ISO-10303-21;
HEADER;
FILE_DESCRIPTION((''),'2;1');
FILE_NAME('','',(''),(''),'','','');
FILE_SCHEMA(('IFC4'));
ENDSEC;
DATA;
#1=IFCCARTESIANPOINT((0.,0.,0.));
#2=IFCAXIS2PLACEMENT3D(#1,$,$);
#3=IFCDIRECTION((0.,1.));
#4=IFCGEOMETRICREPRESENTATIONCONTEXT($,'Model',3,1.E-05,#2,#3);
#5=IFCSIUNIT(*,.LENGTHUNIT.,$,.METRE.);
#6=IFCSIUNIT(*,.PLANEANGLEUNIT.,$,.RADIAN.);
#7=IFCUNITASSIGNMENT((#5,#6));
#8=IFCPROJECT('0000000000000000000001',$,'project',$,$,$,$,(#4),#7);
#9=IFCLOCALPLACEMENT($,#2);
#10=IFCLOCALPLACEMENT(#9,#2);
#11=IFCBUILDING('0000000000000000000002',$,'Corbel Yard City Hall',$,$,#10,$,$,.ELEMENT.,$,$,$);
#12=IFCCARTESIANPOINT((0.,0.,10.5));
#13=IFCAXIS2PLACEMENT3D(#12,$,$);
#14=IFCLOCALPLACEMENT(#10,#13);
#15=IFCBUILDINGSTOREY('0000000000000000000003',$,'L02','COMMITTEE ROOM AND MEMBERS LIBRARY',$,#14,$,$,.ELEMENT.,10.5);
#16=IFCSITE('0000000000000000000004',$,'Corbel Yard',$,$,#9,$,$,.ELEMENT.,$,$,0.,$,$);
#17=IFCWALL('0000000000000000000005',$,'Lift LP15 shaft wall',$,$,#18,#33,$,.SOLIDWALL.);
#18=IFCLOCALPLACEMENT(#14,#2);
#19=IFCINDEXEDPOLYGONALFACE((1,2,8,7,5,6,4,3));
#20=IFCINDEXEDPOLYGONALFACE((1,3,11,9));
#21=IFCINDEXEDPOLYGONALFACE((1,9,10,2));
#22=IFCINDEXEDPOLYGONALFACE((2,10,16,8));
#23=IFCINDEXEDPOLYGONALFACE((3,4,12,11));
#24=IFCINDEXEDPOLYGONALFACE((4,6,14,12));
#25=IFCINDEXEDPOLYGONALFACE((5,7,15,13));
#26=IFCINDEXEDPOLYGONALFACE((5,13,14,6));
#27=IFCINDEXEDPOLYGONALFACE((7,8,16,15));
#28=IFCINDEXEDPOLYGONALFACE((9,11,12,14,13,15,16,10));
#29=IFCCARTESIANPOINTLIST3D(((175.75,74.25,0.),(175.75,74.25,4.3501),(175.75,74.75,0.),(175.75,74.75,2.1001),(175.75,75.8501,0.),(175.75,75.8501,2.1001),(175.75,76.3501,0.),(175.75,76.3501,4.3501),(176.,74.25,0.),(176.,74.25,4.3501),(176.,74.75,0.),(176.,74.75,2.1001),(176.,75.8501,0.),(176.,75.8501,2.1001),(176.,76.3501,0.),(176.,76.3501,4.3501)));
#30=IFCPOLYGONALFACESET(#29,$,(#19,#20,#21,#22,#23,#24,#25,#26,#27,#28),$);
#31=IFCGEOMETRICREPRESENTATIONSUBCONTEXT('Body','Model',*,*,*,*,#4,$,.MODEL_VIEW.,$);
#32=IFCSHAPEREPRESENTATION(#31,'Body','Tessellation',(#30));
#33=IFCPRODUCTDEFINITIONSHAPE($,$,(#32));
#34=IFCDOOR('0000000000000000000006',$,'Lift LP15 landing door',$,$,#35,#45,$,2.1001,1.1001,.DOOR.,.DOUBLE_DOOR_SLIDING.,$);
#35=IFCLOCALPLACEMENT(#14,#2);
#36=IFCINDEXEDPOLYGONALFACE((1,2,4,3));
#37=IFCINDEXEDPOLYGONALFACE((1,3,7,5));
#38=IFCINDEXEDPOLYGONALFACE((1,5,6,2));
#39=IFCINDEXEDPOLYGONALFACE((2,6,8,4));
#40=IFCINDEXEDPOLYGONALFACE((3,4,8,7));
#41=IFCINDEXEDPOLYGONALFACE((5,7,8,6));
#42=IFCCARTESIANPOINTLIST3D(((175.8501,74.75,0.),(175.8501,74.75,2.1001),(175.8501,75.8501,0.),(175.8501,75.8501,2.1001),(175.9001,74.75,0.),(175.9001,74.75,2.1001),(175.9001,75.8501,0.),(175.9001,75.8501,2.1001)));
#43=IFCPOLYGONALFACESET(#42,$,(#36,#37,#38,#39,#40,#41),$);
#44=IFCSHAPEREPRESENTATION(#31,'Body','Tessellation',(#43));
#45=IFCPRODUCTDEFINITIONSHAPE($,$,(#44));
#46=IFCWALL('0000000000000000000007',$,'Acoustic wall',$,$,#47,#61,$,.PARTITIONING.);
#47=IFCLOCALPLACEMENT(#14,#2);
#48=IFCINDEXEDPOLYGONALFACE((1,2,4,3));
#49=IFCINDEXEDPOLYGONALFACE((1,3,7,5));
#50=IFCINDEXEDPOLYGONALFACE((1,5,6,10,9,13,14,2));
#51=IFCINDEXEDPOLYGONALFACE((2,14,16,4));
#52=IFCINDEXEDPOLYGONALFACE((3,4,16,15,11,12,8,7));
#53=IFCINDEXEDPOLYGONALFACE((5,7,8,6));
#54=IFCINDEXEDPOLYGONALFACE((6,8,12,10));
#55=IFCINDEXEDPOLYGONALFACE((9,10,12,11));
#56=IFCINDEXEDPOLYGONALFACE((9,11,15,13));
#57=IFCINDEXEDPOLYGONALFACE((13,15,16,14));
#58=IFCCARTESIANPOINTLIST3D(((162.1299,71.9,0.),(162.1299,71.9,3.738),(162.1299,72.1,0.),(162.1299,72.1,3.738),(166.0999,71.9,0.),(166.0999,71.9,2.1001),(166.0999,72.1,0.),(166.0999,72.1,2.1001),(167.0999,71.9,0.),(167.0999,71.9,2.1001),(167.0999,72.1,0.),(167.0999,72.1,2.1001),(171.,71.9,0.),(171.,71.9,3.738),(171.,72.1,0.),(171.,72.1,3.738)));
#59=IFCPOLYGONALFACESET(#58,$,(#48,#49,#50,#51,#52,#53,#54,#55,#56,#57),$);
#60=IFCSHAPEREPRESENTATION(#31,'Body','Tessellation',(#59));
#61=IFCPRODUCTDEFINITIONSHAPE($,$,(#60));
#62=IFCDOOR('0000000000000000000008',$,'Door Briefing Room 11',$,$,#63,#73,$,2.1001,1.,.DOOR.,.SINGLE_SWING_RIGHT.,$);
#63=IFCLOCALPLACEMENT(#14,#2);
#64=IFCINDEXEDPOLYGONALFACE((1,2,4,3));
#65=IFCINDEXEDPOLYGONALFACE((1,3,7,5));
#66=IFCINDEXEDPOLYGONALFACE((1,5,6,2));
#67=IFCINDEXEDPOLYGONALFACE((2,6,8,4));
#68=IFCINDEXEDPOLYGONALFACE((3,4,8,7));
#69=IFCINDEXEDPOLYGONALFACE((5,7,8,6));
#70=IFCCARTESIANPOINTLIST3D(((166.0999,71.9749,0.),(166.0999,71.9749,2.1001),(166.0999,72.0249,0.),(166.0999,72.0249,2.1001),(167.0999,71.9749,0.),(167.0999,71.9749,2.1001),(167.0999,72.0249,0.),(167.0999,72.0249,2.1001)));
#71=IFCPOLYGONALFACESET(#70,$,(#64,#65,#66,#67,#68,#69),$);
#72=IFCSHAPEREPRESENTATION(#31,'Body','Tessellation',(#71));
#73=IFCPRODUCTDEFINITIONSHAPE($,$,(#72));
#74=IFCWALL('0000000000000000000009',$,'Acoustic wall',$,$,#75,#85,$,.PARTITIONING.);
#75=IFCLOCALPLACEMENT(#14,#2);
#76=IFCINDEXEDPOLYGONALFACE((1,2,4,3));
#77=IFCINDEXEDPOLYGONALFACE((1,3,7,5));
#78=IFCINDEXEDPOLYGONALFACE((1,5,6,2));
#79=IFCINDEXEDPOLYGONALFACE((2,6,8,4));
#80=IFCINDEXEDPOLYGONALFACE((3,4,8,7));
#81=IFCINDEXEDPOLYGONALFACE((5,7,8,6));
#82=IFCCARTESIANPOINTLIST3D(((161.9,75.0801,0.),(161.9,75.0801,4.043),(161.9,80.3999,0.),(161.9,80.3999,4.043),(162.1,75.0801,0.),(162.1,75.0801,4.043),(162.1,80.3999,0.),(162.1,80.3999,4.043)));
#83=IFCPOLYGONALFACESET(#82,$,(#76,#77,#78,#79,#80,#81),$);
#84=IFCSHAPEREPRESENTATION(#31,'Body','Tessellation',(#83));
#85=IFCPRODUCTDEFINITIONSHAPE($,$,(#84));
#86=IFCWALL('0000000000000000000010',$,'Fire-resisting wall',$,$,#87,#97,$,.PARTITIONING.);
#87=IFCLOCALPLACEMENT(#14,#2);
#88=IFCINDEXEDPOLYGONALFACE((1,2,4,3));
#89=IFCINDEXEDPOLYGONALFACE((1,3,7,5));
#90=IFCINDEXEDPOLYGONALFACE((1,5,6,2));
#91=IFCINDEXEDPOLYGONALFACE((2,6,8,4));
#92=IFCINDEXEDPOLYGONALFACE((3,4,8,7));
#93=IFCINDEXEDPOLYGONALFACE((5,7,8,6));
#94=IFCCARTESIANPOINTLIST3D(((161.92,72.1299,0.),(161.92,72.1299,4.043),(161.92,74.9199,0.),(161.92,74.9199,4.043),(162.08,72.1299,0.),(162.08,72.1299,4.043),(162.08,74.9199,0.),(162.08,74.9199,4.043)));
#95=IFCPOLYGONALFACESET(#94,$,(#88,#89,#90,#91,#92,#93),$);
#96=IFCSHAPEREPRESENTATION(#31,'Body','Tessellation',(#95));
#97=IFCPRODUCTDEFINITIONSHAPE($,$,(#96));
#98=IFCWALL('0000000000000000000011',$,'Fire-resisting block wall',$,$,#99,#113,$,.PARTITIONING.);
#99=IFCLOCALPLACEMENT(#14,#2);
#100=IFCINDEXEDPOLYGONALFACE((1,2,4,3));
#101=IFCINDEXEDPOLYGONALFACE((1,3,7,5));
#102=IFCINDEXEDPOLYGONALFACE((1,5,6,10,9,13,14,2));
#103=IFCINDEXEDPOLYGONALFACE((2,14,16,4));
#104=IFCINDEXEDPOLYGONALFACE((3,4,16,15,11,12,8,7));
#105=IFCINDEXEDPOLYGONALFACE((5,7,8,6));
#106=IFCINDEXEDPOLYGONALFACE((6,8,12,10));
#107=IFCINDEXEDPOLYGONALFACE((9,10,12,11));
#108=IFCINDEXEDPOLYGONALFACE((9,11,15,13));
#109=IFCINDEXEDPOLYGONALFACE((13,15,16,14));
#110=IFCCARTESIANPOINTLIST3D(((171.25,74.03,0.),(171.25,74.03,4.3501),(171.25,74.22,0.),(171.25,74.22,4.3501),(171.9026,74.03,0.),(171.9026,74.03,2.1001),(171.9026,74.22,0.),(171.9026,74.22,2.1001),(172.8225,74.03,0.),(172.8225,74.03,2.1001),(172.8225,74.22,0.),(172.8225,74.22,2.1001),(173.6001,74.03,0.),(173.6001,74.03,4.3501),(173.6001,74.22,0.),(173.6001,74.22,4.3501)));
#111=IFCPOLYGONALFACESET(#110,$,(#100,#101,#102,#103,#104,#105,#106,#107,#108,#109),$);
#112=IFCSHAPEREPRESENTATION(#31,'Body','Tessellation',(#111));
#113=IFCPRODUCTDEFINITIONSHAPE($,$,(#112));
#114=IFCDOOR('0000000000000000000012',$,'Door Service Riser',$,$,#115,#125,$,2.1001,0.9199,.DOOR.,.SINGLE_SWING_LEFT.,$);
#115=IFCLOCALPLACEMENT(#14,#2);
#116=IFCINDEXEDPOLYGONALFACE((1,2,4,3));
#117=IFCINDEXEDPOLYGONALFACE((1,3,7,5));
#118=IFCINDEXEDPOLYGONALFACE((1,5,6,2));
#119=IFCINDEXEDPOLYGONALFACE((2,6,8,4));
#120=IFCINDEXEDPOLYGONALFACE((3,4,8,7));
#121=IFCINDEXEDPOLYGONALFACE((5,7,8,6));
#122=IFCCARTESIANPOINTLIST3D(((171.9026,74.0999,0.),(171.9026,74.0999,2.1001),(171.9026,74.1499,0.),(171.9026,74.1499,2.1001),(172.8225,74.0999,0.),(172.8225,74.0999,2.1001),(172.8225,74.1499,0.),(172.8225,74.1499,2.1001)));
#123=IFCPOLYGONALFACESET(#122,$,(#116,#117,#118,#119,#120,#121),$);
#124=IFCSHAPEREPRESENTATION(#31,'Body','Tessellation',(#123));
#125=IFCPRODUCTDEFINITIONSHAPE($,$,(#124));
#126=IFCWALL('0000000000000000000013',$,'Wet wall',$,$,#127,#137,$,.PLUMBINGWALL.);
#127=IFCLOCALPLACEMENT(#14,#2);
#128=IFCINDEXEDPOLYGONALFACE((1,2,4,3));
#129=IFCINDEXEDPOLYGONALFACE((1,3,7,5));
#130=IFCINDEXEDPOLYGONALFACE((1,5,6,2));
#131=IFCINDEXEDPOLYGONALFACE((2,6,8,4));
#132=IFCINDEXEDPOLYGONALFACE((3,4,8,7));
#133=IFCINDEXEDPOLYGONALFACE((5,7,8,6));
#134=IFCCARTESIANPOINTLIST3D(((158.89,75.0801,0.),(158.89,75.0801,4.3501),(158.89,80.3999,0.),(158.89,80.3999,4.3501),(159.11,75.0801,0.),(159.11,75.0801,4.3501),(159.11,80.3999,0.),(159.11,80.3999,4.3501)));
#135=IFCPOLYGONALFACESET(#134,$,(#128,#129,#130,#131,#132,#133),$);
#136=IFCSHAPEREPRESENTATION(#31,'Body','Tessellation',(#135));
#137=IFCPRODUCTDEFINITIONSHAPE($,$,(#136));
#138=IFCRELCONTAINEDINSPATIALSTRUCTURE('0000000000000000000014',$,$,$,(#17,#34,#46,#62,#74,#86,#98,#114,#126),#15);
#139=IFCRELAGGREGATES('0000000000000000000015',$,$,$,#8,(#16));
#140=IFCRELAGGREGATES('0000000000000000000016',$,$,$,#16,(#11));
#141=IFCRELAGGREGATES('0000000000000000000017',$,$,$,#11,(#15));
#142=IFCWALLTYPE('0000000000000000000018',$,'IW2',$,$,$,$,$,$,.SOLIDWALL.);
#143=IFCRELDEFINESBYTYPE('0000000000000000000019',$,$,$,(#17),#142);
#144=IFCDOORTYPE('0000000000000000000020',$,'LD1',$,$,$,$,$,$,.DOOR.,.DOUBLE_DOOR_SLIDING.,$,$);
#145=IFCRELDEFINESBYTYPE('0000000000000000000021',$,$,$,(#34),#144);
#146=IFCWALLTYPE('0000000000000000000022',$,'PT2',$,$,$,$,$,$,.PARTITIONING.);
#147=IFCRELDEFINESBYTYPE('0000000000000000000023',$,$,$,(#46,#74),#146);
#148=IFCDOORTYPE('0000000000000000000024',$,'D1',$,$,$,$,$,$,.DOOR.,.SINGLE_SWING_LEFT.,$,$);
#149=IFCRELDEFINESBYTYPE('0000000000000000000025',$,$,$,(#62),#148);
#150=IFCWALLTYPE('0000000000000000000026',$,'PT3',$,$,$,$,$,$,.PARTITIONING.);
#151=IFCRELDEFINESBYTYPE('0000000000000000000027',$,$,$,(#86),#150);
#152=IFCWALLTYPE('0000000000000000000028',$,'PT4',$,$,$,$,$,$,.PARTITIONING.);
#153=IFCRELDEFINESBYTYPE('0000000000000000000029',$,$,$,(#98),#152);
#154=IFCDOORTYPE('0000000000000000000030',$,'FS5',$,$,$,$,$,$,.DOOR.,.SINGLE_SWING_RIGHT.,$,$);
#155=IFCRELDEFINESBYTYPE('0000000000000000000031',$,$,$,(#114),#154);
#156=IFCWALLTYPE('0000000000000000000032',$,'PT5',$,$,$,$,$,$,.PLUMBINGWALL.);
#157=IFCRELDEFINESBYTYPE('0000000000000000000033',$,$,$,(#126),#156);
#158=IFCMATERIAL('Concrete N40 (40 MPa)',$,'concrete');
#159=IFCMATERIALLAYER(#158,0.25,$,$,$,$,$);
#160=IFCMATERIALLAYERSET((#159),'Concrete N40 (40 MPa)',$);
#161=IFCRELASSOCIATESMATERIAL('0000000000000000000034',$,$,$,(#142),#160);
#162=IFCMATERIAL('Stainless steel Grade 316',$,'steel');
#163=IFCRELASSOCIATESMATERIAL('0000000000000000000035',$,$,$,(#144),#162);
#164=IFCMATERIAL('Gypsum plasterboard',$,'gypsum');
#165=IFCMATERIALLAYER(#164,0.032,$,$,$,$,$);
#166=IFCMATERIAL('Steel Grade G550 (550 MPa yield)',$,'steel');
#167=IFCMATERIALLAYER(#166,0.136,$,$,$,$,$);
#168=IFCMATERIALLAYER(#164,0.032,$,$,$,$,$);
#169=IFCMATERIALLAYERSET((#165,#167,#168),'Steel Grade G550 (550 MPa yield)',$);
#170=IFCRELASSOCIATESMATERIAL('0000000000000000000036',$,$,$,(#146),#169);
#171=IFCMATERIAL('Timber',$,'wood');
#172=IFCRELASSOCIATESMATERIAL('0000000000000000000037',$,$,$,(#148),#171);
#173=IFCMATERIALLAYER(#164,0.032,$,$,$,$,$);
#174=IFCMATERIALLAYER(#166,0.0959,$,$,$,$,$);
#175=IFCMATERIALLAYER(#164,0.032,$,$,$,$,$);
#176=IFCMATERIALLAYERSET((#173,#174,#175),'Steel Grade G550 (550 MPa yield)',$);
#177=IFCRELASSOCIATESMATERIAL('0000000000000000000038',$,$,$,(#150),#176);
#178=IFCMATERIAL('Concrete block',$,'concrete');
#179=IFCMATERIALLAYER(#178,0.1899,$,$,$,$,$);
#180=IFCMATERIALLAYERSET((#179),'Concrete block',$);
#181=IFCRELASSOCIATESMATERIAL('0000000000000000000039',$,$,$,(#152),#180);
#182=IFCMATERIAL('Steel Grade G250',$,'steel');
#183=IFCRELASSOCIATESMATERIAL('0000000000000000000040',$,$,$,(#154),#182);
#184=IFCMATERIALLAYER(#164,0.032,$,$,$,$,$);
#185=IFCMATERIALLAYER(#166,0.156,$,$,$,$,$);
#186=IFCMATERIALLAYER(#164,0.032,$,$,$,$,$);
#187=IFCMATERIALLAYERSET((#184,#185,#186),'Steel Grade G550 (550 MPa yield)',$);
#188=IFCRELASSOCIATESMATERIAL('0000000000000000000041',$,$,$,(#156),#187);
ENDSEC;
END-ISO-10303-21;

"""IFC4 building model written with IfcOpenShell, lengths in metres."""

from ifc_helpers import new_model, si_unit, direction, frame, frame_2d, origin, place, context, subcontext, project, spatial, rectangle, extrude, material, layer, layer_set, type_object, element, fill, save


model = new_model("IFC4")

# Units and contexts
model_context = context("Model", 3, precision=1e-05, world=origin(), true_north=direction((0.0, 1.0)))
body_context = subcontext(model_context, "Body", "Model", "MODEL_VIEW")
ifc_project = project(units=[si_unit("LENGTHUNIT", "METRE"), si_unit("PLANEANGLEUNIT", "RADIAN")], contexts=[model_context])

# Site, building, storey
site_placement = place(None, origin())
site = spatial("IfcSite", under=ifc_project, at=site_placement, Name="Corbel Yard", CompositionType="ELEMENT", RefElevation=0.0)
building_placement = place(site_placement, origin())
building = spatial("IfcBuilding", under=site, at=building_placement, Name="Corbel Yard City Hall", CompositionType="ELEMENT")
storey_placement = place(building_placement, frame((0.0, 0.0, 10.5)))
storey = spatial("IfcBuildingStorey", under=building, at=storey_placement, Name="L02", Description="COMMITTEE ROOM AND MEMBERS LIBRARY", CompositionType="ELEMENT", Elevation=10.5)

# Shared definitions
ifc_material_1 = material(Name="Steel Grade G250", Category="steel")

# Shared definitions
ifc_material_2 = material(Name="Gypsum plasterboard", Category="gypsum")

# Shared definitions
ifc_material_3 = material(Name="Concrete N40 (40 MPa)", Category="concrete")
ifc_layer_1 = layer(ifc_material_3, 0.25)
ifc_layer_set_1 = layer_set([ifc_layer_1], Name="Concrete N40 (40 MPa)")
wall_type_1 = type_object("IfcWallType", Name="IW2", PredefinedType="SOLIDWALL", material=ifc_layer_set_1)

# Walls, openings, doors
wall_1_placement = place(storey_placement, frame((175.875, 74.25, 0.0), z_axis=(0.0, 0.0, 1.0), x_axis=(0.0, 1.0, 0.0)))
wall_1 = element("IfcWall", 1, at=wall_1_placement, inside=storey, type_object=wall_type_1, Name="Lift LP15 shaft wall", PredefinedType="SOLIDWALL", context=body_context, shape_type="SweptSolid", body=[
    extrude(rectangle(XDim=2.1001, YDim=0.25, at=frame_2d((1.05, 0.0))), origin(), (0.0, 0.0, 1.0), 4.3501),
])
opening_1_placement = place(wall_1_placement, frame((0.5, 0.0, 0.0)))
opening_1 = element("IfcOpeningElement", 2, at=opening_1_placement, cuts=wall_1, PredefinedType="OPENING", context=body_context, shape_type="SweptSolid", body=[
    extrude(rectangle(XDim=1.1001, YDim=2.1001, at=frame_2d((0.55, 1.05))), frame((0.0, 0.135, 0.0), z_axis=(0.0, -1.0, 0.0), x_axis=(1.0, 0.0, 0.0)), (0.0, 0.0, 1.0), 0.27),
])
ifc_material_4 = material(Name="Stainless steel Grade 316", Category="steel")
door_type_1 = type_object("IfcDoorType", Name="LD1", OperationType="DOUBLE_DOOR_SLIDING", PredefinedType="DOOR", material=ifc_material_4)
door_1_placement = place(opening_1_placement, origin())
door_1 = element("IfcDoor", 3, at=door_1_placement, inside=storey, type_object=door_type_1, Name="Lift LP15 landing door", OperationType="DOUBLE_DOOR_SLIDING", OverallHeight=2.1001, OverallWidth=1.1001, PredefinedType="DOOR", context=body_context, shape_type="SweptSolid", body=[
    extrude(rectangle(XDim=1.1001, YDim=2.1001, at=frame_2d((0.55, 1.05))), frame((0.0, 0.0249, 0.0), z_axis=(0.0, -1.0, 0.0), x_axis=(1.0, 0.0, 0.0)), (0.0, 0.0, 1.0), 0.05),
])
fill(opening_1, door_1)
ifc_layer_2 = layer(ifc_material_2, 0.032)
ifc_material_5 = material(Name="Steel Grade G550 (550 MPa yield)", Category="steel")
ifc_layer_3 = layer(ifc_material_5, 0.136)
ifc_layer_4 = layer(ifc_material_2, 0.032)
ifc_layer_set_2 = layer_set([ifc_layer_2, ifc_layer_3, ifc_layer_4], Name="Steel Grade G550 (550 MPa yield)")
wall_type_2 = type_object("IfcWallType", Name="PT2", PredefinedType="PARTITIONING", material=ifc_layer_set_2)
wall_2_placement = place(storey_placement, frame((162.1299, 72.0, 0.0), z_axis=(0.0, 0.0, 1.0), x_axis=(1.0, 0.0, 0.0)))
wall_2 = element("IfcWall", 4, at=wall_2_placement, inside=storey, type_object=wall_type_2, Name="Acoustic wall", PredefinedType="PARTITIONING", context=body_context, shape_type="SweptSolid", body=[
    extrude(rectangle(XDim=8.8701, YDim=0.2, at=frame_2d((4.4351, 0.0))), origin(), (0.0, 0.0, 1.0), 3.738),
])
opening_2_placement = place(wall_2_placement, frame((3.97, 0.0, 0.0)))
opening_2 = element("IfcOpeningElement", 5, at=opening_2_placement, cuts=wall_2, PredefinedType="OPENING", context=body_context, shape_type="SweptSolid", body=[
    extrude(rectangle(XDim=1.0, YDim=2.1001, at=frame_2d((0.5, 1.05))), frame((0.0, 0.1099, 0.0), z_axis=(0.0, -1.0, 0.0), x_axis=(1.0, 0.0, 0.0)), (0.0, 0.0, 1.0), 0.22),
])
ifc_material_6 = material(Name="Timber", Category="wood")
door_type_2 = type_object("IfcDoorType", Name="D1", OperationType="SINGLE_SWING_LEFT", PredefinedType="DOOR", material=ifc_material_6)
door_2_placement = place(opening_2_placement, origin())
door_2 = element("IfcDoor", 6, at=door_2_placement, inside=storey, type_object=door_type_2, Name="Door Briefing Room 11", OperationType="SINGLE_SWING_RIGHT", OverallHeight=2.1001, OverallWidth=1.0, PredefinedType="DOOR", context=body_context, shape_type="SweptSolid", body=[
    extrude(rectangle(XDim=1.0, YDim=2.1001, at=frame_2d((0.5, 1.05))), frame((0.0, 0.0249, 0.0), z_axis=(0.0, -1.0, 0.0), x_axis=(1.0, 0.0, 0.0)), (0.0, 0.0, 1.0), 0.05),
])
fill(opening_2, door_2)

# Walls
wall_3_placement = place(storey_placement, frame((162.0, 75.0801, 0.0), z_axis=(0.0, 0.0, 1.0), x_axis=(0.0, 1.0, 0.0)))
element("IfcWall", 7, at=wall_3_placement, inside=storey, type_object=wall_type_2, Name="Acoustic wall", PredefinedType="PARTITIONING", context=body_context, shape_type="SweptSolid", body=[
    extrude(rectangle(XDim=5.3198, YDim=0.2, at=frame_2d((2.6599, 0.0))), origin(), (0.0, 0.0, 1.0), 4.043),
])
ifc_layer_5 = layer(ifc_material_2, 0.032)
ifc_layer_6 = layer(ifc_material_5, 0.0959)
ifc_layer_7 = layer(ifc_material_2, 0.032)
ifc_layer_set_3 = layer_set([ifc_layer_5, ifc_layer_6, ifc_layer_7], Name="Steel Grade G550 (550 MPa yield)")
wall_type_3 = type_object("IfcWallType", Name="PT3", PredefinedType="PARTITIONING", material=ifc_layer_set_3)
wall_4_placement = place(storey_placement, frame((162.0, 72.1299, 0.0), z_axis=(0.0, 0.0, 1.0), x_axis=(0.0, 1.0, 0.0)))
element("IfcWall", 8, at=wall_4_placement, inside=storey, type_object=wall_type_3, Name="Fire-resisting wall", PredefinedType="PARTITIONING", context=body_context, shape_type="SweptSolid", body=[
    extrude(rectangle(XDim=2.79, YDim=0.1599, at=frame_2d((1.395, 0.0))), origin(), (0.0, 0.0, 1.0), 4.043),
])

# Wall, opening, door
ifc_material_7 = material(Name="Concrete block", Category="concrete")
ifc_layer_8 = layer(ifc_material_7, 0.1899)
ifc_layer_set_4 = layer_set([ifc_layer_8], Name="Concrete block")
wall_type_4 = type_object("IfcWallType", Name="PT4", PredefinedType="PARTITIONING", material=ifc_layer_set_4)
wall_5_placement = place(storey_placement, frame((171.25, 74.125, 0.0), z_axis=(0.0, 0.0, 1.0), x_axis=(1.0, 0.0, 0.0)))
wall_5 = element("IfcWall", 9, at=wall_5_placement, inside=storey, type_object=wall_type_4, Name="Fire-resisting block wall", PredefinedType="PARTITIONING", context=body_context, shape_type="SweptSolid", body=[
    extrude(rectangle(XDim=2.3501, YDim=0.1899, at=frame_2d((1.175, 0.0))), origin(), (0.0, 0.0, 1.0), 4.3501),
])
opening_3_placement = place(wall_5_placement, frame((0.6526, 0.0, 0.0)))
opening_3 = element("IfcOpeningElement", 10, at=opening_3_placement, cuts=wall_5, PredefinedType="OPENING", context=body_context, shape_type="SweptSolid", body=[
    extrude(rectangle(XDim=0.9199, YDim=2.1001, at=frame_2d((0.46, 1.05))), frame((0.0, 0.105, 0.0), z_axis=(0.0, -1.0, 0.0), x_axis=(1.0, 0.0, 0.0)), (0.0, 0.0, 1.0), 0.21),
])
door_type_3 = type_object("IfcDoorType", Name="FS5", OperationType="SINGLE_SWING_RIGHT", PredefinedType="DOOR", material=ifc_material_1)
door_3_placement = place(opening_3_placement, origin())
door_3 = element("IfcDoor", 11, at=door_3_placement, inside=storey, type_object=door_type_3, Name="Door Service Riser", OperationType="SINGLE_SWING_LEFT", OverallHeight=2.1001, OverallWidth=0.9199, PredefinedType="DOOR", context=body_context, shape_type="SweptSolid", body=[
    extrude(rectangle(XDim=0.9199, YDim=2.1001, at=frame_2d((0.46, 1.05))), frame((0.0, 0.0249, 0.0), z_axis=(0.0, -1.0, 0.0), x_axis=(1.0, 0.0, 0.0)), (0.0, 0.0, 1.0), 0.05),
])
fill(opening_3, door_3)

# Wall
ifc_layer_9 = layer(ifc_material_2, 0.032)
ifc_layer_10 = layer(ifc_material_5, 0.156)
ifc_layer_11 = layer(ifc_material_2, 0.032)
ifc_layer_set_5 = layer_set([ifc_layer_9, ifc_layer_10, ifc_layer_11], Name="Steel Grade G550 (550 MPa yield)")
wall_type_5 = type_object("IfcWallType", Name="PT5", PredefinedType="PLUMBINGWALL", material=ifc_layer_set_5)
wall_6_placement = place(storey_placement, frame((159.0, 75.0801, 0.0), z_axis=(0.0, 0.0, 1.0), x_axis=(0.0, 1.0, 0.0)))
element("IfcWall", 12, at=wall_6_placement, inside=storey, type_object=wall_type_5, Name="Wet wall", PredefinedType="PLUMBINGWALL", context=body_context, shape_type="SweptSolid", body=[
    extrude(rectangle(XDim=5.3198, YDim=0.22, at=frame_2d((2.6599, 0.0))), origin(), (0.0, 0.0, 1.0), 4.3501),
])

save(model, "model.ifc")
